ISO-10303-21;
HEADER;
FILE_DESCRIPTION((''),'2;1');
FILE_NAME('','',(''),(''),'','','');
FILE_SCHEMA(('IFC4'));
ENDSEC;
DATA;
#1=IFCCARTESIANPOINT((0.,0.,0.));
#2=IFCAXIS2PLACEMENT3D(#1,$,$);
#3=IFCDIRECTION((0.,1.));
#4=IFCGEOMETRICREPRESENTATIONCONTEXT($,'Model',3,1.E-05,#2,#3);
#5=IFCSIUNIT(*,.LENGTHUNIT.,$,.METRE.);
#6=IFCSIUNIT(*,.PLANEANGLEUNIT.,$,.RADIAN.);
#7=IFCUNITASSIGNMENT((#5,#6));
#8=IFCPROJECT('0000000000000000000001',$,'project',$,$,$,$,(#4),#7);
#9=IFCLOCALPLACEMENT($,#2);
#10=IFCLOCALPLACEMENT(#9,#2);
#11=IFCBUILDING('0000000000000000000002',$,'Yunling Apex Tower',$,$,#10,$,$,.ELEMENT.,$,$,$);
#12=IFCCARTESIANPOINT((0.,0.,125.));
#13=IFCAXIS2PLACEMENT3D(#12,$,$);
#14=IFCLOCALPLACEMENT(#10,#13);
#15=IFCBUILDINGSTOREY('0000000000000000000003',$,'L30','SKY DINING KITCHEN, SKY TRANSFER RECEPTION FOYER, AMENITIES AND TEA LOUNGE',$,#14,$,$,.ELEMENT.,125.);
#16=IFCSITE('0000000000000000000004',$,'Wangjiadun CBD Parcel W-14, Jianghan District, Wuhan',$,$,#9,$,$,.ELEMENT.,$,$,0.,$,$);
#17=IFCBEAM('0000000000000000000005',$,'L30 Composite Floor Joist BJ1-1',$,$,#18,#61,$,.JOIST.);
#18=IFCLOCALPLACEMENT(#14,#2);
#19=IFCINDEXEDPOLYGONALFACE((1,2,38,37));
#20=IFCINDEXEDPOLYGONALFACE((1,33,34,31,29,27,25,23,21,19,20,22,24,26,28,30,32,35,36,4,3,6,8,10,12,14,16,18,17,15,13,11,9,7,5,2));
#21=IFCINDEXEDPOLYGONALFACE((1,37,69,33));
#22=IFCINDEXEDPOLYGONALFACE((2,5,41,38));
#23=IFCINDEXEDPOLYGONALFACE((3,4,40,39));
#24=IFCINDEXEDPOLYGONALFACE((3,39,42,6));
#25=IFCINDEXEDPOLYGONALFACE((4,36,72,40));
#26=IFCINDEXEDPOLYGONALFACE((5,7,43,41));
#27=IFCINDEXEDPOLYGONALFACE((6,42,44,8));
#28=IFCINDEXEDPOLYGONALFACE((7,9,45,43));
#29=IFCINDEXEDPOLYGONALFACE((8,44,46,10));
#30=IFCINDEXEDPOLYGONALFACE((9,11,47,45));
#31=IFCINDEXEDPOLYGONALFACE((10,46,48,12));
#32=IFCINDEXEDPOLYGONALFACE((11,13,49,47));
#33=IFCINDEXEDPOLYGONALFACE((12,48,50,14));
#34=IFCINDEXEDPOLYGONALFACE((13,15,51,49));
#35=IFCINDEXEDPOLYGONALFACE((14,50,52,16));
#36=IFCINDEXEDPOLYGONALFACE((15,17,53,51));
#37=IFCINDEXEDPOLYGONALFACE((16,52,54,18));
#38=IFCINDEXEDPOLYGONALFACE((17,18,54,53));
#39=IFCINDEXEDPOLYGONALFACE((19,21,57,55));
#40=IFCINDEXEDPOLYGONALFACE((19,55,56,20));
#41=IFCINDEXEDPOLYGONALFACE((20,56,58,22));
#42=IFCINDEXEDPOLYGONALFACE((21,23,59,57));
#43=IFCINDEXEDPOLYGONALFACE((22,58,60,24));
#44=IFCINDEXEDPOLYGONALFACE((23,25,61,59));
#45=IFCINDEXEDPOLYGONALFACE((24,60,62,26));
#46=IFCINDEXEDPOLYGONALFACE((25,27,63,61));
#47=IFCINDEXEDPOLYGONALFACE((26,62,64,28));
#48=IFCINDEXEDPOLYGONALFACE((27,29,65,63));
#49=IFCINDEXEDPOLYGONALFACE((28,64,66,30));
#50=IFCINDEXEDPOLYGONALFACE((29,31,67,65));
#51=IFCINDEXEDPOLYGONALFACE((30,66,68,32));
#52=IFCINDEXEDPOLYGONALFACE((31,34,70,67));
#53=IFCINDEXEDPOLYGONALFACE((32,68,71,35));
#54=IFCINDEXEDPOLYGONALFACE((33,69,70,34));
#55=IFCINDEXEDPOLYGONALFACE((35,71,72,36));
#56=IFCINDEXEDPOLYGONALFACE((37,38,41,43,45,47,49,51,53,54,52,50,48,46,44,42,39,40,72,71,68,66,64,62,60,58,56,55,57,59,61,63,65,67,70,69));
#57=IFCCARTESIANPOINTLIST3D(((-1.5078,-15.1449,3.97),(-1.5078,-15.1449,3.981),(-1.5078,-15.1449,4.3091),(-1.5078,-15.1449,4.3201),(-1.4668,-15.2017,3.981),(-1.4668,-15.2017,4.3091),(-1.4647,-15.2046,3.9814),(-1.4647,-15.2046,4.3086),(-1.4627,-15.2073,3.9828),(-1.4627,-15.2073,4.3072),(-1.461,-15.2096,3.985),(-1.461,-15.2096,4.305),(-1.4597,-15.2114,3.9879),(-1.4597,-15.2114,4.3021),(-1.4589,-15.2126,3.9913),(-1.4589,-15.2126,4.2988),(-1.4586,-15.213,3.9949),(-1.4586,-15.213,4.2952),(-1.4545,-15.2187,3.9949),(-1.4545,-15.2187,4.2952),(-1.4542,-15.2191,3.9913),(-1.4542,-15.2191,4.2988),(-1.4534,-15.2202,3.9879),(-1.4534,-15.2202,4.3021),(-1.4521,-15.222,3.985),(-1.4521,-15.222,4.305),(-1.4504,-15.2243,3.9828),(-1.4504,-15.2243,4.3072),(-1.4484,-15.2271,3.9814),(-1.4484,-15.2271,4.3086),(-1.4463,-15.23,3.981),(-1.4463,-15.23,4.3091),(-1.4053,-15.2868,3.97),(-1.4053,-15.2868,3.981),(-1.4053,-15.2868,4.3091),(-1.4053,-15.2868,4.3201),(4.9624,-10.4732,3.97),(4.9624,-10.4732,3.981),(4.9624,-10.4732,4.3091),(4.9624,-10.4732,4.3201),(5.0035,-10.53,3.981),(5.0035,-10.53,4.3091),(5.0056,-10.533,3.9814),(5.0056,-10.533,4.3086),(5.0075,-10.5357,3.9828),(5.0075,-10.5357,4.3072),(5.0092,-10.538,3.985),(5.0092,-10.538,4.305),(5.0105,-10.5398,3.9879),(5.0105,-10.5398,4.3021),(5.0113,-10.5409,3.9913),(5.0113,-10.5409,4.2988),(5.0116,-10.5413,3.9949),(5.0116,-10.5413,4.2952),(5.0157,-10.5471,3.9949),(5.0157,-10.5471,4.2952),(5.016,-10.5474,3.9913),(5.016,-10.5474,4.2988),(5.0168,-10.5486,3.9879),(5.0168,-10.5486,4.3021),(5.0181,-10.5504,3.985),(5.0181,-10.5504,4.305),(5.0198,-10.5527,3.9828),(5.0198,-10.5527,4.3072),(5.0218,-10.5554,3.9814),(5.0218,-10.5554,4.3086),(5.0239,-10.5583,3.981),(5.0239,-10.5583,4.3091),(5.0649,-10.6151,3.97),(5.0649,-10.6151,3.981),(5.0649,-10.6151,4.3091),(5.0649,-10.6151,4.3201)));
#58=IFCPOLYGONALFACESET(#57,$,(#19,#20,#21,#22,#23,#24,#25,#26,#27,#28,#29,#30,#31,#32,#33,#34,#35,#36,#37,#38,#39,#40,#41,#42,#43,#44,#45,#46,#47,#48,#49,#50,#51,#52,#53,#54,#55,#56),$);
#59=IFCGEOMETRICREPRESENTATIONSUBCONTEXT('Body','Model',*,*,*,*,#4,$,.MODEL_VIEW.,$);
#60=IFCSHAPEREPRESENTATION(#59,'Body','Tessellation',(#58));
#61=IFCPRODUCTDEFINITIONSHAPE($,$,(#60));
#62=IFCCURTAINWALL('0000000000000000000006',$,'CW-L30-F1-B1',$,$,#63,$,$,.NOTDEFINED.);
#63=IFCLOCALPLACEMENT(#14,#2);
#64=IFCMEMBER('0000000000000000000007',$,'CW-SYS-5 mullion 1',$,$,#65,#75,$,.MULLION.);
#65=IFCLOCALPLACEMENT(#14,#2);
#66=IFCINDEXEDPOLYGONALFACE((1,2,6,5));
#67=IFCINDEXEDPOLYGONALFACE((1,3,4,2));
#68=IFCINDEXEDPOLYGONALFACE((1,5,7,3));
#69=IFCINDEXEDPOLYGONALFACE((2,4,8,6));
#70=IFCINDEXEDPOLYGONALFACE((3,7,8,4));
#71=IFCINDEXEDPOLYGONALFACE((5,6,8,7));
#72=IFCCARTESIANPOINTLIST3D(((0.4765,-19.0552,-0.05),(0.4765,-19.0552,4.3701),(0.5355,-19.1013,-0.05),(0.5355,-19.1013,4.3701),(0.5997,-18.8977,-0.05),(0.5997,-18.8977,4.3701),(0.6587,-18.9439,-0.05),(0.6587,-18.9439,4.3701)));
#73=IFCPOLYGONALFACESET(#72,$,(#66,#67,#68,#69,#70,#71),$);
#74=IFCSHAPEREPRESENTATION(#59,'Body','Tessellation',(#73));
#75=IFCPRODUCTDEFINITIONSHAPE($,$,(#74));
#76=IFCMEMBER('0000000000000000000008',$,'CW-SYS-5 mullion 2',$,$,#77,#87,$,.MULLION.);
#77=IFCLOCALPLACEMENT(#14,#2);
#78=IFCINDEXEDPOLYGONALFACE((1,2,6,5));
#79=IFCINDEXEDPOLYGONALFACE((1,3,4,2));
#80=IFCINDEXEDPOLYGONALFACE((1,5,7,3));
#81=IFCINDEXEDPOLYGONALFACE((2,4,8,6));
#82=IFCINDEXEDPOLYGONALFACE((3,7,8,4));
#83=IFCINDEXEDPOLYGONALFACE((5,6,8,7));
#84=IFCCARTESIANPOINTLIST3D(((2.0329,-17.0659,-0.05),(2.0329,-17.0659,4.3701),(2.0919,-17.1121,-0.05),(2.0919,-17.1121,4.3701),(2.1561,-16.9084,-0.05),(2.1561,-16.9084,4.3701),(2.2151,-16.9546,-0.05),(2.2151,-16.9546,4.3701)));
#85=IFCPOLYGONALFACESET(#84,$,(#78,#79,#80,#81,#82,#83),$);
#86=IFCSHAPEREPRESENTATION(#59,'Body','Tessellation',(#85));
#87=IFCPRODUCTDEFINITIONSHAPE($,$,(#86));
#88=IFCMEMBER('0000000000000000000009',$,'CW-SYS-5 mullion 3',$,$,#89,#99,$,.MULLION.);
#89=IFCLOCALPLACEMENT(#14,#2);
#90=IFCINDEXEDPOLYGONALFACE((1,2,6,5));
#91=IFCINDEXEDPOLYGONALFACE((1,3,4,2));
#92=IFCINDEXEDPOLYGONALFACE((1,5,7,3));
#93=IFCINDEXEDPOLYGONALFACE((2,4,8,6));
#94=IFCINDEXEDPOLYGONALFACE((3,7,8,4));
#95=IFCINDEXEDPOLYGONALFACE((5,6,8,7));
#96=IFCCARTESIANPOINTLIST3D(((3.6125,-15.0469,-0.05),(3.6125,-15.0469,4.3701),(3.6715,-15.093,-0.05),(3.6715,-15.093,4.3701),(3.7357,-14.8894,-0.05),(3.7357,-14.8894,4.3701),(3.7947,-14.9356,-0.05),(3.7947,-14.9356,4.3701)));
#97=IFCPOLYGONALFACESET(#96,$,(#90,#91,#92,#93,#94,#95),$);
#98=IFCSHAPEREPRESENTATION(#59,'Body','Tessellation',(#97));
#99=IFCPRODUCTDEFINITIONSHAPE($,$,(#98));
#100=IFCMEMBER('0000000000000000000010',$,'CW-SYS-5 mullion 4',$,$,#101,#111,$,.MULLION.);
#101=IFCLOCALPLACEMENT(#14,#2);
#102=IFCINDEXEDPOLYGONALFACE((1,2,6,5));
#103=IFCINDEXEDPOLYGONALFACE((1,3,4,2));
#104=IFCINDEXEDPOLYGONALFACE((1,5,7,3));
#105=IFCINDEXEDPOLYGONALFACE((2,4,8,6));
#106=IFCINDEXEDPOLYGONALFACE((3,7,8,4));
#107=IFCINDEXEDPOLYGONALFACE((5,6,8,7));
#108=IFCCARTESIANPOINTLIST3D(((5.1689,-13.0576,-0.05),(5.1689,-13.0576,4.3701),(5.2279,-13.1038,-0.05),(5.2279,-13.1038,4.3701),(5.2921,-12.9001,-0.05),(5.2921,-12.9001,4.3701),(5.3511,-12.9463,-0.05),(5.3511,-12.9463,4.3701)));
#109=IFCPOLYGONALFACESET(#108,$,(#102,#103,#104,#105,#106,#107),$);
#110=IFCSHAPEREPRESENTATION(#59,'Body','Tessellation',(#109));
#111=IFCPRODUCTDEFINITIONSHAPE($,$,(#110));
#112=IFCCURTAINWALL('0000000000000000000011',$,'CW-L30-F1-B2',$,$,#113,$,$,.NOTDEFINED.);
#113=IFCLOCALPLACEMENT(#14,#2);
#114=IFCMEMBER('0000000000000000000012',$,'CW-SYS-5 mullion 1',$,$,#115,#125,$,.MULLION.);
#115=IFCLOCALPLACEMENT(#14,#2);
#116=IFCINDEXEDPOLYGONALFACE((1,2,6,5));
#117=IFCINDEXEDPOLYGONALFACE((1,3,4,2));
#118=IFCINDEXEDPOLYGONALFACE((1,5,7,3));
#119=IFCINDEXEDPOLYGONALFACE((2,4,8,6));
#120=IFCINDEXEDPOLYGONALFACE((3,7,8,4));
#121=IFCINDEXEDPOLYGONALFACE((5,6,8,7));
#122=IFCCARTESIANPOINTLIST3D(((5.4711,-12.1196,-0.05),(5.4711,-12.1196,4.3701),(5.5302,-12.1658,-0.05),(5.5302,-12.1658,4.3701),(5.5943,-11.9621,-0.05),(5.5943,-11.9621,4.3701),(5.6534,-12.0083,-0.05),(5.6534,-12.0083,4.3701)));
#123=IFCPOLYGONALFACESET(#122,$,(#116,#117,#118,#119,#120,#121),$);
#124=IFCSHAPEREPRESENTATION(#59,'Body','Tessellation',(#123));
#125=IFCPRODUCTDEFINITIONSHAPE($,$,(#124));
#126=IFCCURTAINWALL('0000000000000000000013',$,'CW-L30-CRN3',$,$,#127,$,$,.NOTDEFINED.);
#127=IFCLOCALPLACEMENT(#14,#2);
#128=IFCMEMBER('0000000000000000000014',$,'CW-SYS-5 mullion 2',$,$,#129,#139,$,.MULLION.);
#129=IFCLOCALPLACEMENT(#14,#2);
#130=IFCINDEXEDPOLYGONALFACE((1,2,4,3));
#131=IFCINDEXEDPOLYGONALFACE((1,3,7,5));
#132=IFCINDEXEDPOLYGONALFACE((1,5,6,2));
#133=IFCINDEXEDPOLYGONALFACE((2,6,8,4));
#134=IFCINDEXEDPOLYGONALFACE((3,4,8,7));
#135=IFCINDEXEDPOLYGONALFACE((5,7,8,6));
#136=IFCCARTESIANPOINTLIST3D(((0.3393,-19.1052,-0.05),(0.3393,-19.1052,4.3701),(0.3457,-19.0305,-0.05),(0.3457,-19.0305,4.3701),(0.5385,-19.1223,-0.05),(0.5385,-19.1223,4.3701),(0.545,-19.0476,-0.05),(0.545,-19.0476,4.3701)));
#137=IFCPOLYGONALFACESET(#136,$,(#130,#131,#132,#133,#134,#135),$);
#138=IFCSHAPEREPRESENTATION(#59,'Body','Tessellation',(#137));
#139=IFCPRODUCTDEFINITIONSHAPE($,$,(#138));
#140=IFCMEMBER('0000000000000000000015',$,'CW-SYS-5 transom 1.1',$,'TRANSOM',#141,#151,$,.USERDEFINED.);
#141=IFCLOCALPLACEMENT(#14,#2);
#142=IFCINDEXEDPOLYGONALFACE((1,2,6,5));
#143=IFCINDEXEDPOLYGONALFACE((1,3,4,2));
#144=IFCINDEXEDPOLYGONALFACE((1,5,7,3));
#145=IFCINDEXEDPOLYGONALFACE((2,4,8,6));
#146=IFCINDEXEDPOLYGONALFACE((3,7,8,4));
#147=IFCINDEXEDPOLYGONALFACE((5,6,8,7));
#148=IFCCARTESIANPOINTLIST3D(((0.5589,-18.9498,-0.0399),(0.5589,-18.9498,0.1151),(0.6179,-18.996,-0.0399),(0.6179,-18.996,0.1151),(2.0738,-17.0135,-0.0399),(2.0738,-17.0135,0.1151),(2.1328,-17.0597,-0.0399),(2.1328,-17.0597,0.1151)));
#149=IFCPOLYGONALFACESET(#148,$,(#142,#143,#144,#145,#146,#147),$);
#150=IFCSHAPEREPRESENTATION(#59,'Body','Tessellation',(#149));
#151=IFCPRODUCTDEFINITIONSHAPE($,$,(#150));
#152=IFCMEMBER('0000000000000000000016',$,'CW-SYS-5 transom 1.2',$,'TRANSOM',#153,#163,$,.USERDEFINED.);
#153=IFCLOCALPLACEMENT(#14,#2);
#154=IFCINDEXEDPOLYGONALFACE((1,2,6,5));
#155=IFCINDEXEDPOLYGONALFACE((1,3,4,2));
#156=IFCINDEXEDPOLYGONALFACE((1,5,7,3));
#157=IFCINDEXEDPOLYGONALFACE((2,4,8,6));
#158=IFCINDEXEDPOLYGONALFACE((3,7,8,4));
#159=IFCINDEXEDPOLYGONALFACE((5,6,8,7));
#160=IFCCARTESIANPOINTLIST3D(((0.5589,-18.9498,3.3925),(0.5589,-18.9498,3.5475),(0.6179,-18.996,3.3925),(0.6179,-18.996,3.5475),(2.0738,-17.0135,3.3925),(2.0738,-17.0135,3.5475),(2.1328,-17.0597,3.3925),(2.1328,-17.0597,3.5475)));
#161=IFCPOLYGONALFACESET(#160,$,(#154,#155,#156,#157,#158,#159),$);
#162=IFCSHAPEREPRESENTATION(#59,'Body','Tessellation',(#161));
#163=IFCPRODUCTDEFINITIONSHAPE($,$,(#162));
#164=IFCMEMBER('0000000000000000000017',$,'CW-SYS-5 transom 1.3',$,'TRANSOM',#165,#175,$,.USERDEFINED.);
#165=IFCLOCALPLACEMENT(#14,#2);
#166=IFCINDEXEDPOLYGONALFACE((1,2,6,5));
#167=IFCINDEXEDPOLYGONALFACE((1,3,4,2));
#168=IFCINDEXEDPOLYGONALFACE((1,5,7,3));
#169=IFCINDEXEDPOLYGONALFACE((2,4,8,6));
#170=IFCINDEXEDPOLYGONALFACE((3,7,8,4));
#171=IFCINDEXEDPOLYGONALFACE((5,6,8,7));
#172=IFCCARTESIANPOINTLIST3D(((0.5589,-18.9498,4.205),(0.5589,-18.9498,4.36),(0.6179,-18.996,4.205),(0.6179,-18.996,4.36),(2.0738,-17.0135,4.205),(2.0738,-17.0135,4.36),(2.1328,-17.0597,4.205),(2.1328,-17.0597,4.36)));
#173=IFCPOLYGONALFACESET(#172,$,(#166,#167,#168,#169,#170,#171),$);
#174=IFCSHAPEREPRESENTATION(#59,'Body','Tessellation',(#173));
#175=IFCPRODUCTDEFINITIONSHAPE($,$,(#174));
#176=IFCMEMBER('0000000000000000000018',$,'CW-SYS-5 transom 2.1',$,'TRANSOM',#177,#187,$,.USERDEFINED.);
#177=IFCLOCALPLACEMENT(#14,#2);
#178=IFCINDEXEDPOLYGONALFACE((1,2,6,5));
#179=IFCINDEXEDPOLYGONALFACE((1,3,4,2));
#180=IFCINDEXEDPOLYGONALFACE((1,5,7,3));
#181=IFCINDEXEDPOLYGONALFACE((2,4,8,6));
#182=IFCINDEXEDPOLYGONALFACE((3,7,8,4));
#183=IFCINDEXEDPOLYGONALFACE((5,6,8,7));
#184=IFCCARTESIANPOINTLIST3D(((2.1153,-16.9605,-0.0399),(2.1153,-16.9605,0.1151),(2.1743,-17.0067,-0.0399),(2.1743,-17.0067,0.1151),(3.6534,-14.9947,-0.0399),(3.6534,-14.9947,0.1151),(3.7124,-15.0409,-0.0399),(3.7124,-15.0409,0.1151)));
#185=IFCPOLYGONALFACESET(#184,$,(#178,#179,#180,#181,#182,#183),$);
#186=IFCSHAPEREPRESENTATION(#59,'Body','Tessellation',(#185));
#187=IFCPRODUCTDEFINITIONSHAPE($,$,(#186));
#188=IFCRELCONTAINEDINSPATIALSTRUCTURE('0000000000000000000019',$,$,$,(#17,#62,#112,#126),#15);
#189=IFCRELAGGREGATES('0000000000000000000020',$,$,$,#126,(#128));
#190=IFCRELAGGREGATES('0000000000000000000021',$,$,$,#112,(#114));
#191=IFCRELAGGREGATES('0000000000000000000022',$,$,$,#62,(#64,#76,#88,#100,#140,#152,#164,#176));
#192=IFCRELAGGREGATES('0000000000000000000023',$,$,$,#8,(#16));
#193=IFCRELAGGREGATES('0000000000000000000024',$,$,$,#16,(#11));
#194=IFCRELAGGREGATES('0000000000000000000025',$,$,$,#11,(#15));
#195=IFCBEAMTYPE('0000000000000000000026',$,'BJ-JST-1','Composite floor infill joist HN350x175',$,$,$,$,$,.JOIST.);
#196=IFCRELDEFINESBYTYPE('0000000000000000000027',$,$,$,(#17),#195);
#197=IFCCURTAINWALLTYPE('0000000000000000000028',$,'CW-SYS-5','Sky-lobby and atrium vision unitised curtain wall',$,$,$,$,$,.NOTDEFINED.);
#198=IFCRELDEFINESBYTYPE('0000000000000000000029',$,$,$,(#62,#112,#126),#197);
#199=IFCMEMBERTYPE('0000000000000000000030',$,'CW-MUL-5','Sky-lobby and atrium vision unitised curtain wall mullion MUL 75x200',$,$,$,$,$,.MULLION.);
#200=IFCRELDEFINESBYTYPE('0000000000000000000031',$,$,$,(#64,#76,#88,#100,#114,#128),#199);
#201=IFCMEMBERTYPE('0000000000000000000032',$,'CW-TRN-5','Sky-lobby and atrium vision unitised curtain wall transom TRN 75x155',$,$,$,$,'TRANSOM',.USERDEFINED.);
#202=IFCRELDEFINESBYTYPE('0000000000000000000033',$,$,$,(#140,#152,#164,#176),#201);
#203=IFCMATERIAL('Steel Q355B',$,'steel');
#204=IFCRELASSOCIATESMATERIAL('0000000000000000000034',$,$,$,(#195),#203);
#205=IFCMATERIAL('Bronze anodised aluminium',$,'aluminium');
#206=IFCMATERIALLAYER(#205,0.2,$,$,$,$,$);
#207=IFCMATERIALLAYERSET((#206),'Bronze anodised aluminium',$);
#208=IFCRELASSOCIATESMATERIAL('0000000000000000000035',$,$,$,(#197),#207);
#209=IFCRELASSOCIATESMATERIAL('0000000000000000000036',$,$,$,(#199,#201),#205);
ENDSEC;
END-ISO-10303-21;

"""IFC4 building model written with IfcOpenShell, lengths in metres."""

from ifc_helpers import new_model, si_unit, direction, frame, origin, origin_2d, place, context, subcontext, project, spatial, rectangle, i_section, extrude, source, transform, mapped, material, layer, layer_set, material_profile, profile_set, type_object, element, aggregate, save


model = new_model("IFC4")

# Units and contexts
model_context = context("Model", 3, precision=1e-05, world=origin(), true_north=direction((0.0, 1.0)))
body_context = subcontext(model_context, "Body", "Model", "MODEL_VIEW")
ifc_project = project(units=[si_unit("LENGTHUNIT", "METRE"), si_unit("PLANEANGLEUNIT", "RADIAN")], contexts=[model_context])

# Site, building, storey
site_placement = place(None, origin())
site = spatial("IfcSite", under=ifc_project, at=site_placement, Name="Wangjiadun CBD Parcel W-14, Jianghan District, Wuhan", CompositionType="ELEMENT", RefElevation=0.0)
building_placement = place(site_placement, origin())
building = spatial("IfcBuilding", under=site, at=building_placement, Name="Yunling Apex Tower", CompositionType="ELEMENT")
storey_placement = place(building_placement, frame((0.0, 0.0, 125.0)))
storey = spatial("IfcBuildingStorey", under=building, at=storey_placement, Name="L30", Description="SKY DINING KITCHEN, SKY TRANSFER RECEPTION FOYER, AMENITIES AND TEA LOUNGE", CompositionType="ELEMENT", Elevation=125.0)

# Beam
ifc_material_1 = material(Name="Steel Q355B", Category="steel")
ifc_material_profile_1 = material_profile(ifc_material_1, i_section(OverallWidth=0.175, OverallDepth=0.3501, WebThickness=0.0071, FlangeThickness=0.011, FilletRadius=0.0139, at=origin_2d()))
ifc_profile_set_1 = profile_set([ifc_material_profile_1], Name="Steel Q355B")
beam_type_1 = type_object("IfcBeamType", Name="BJ-JST-1", Description="Composite floor infill joist HN350x175", PredefinedType="JOIST", material=ifc_profile_set_1)
shared_shape_1 = source(origin(), body_context, "Body", "SweptSolid", [
    extrude(i_section(OverallWidth=0.175, OverallDepth=0.3501, WebThickness=0.0071, FlangeThickness=0.011, FilletRadius=0.0139, at=origin_2d()), origin(), (0.0, 0.0, 1.0), 7.9805),
])
beam_1_placement = place(storey_placement, frame((-1.4565, -15.2158, 4.145), z_axis=(0.810757, 0.585383, 0.0), x_axis=(-0.585383, 0.810757, 0.0)))
element("IfcBeam", 1, at=beam_1_placement, inside=storey, type_object=beam_type_1, Name="L30 Composite Floor Joist BJ1-1", PredefinedType="JOIST", context=body_context, shape_type="MappedRepresentation", body=[
    mapped(shared_shape_1, transform((0.0, 0.0, 0.0), scale=1.0)),
])

# Curtain wall, members
ifc_material_2 = material(Name="Bronze anodised aluminium", Category="aluminium")
ifc_layer_1 = layer(ifc_material_2, 0.2)
ifc_layer_set_1 = layer_set([ifc_layer_1], Name="Bronze anodised aluminium")
curtain_wall_type = type_object("IfcCurtainWallType", Name="CW-SYS-5", Description="Sky-lobby and atrium vision unitised curtain wall", PredefinedType="NOTDEFINED", material=ifc_layer_set_1)
curtain_wall_1_placement = place(storey_placement, origin())
curtain_wall_1 = element("IfcCurtainWall", 2, at=curtain_wall_1_placement, inside=storey, type_object=curtain_wall_type, Name="CW-L30-F1-B1", PredefinedType="NOTDEFINED")
ifc_material_profile_2 = material_profile(ifc_material_2, rectangle(XDim=0.075, YDim=0.2, at=origin_2d()))
ifc_profile_set_2 = profile_set([ifc_material_profile_2], Name="Bronze anodised aluminium")
member_type_1 = type_object("IfcMemberType", Name="CW-MUL-5", Description="Sky-lobby and atrium vision unitised curtain wall mullion MUL 75x200", PredefinedType="MULLION", material=ifc_profile_set_2)
shared_shape_2 = source(origin(), body_context, "Body", "SweptSolid", [
    extrude(rectangle(XDim=0.075, YDim=0.2, at=origin_2d()), origin(), (0.0, 0.0, 1.0), 4.4202),
])
member_1_placement = place(storey_placement, frame((0.5676, -18.9995, -0.05), z_axis=(0.0, 0.0, 1.0), x_axis=(-0.787584, 0.616208, 0.0)))
member_1 = element("IfcMember", 3, at=member_1_placement, type_object=member_type_1, Name="CW-SYS-5 mullion 1", PredefinedType="MULLION", context=body_context, shape_type="MappedRepresentation", body=[
    mapped(shared_shape_2, transform((0.0, 0.0, 0.0), scale=1.0)),
])
member_2_placement = place(storey_placement, frame((2.124, -17.0103, -0.05), z_axis=(0.0, 0.0, 1.0), x_axis=(-0.787584, 0.616208, 0.0)))
member_2 = element("IfcMember", 4, at=member_2_placement, type_object=member_type_1, Name="CW-SYS-5 mullion 2", PredefinedType="MULLION", context=body_context, shape_type="MappedRepresentation", body=[
    mapped(shared_shape_2, transform((0.0, 0.0, 0.0), scale=1.0)),
])
member_3_placement = place(storey_placement, frame((3.7036, -14.9912, -0.05), z_axis=(0.0, 0.0, 1.0), x_axis=(-0.787584, 0.616208, 0.0)))
member_3 = element("IfcMember", 5, at=member_3_placement, type_object=member_type_1, Name="CW-SYS-5 mullion 3", PredefinedType="MULLION", context=body_context, shape_type="MappedRepresentation", body=[
    mapped(shared_shape_2, transform((0.0, 0.0, 0.0), scale=1.0)),
])
member_4_placement = place(storey_placement, frame((5.26, -13.002, -0.05), z_axis=(0.0, 0.0, 1.0), x_axis=(-0.787584, 0.616208, 0.0)))
member_4 = element("IfcMember", 6, at=member_4_placement, type_object=member_type_1, Name="CW-SYS-5 mullion 4", PredefinedType="MULLION", context=body_context, shape_type="MappedRepresentation", body=[
    mapped(shared_shape_2, transform((0.0, 0.0, 0.0), scale=1.0)),
])

# Curtain walls, members
curtain_wall_2_placement = place(storey_placement, origin())
curtain_wall_2 = element("IfcCurtainWall", 7, at=curtain_wall_2_placement, inside=storey, type_object=curtain_wall_type, Name="CW-L30-F1-B2", PredefinedType="NOTDEFINED")
member_5_placement = place(storey_placement, frame((5.5623, -12.064, -0.05), z_axis=(0.0, 0.0, 1.0), x_axis=(-0.78759, 0.616199, 0.0)))
member_5 = element("IfcMember", 8, at=member_5_placement, type_object=member_type_1, Name="CW-SYS-5 mullion 1", PredefinedType="MULLION", context=body_context, shape_type="MappedRepresentation", body=[
    mapped(shared_shape_2, transform((0.0, 0.0, 0.0), scale=1.0)),
])
curtain_wall_3_placement = place(storey_placement, origin())
curtain_wall_3 = element("IfcCurtainWall", 9, at=curtain_wall_3_placement, inside=storey, type_object=curtain_wall_type, Name="CW-L30-CRN3", PredefinedType="NOTDEFINED")
member_6_placement = place(storey_placement, frame((0.4421, -19.0764, -0.05), z_axis=(0.0, 0.0, 1.0), x_axis=(0.08555, 0.996334, 0.0)))
member_6 = element("IfcMember", 10, at=member_6_placement, type_object=member_type_1, Name="CW-SYS-5 mullion 2", PredefinedType="MULLION", context=body_context, shape_type="MappedRepresentation", body=[
    mapped(shared_shape_2, transform((0.0, 0.0, 0.0), scale=1.0)),
])
aggregate(curtain_wall_3, [member_6])

# Members
ifc_material_profile_3 = material_profile(ifc_material_2, rectangle(XDim=0.075, YDim=0.155, at=origin_2d()))
ifc_profile_set_3 = profile_set([ifc_material_profile_3], Name="Bronze anodised aluminium")
member_type_2 = type_object("IfcMemberType", Name="CW-TRN-5", Description="Sky-lobby and atrium vision unitised curtain wall transom TRN 75x155", ElementType="TRANSOM", PredefinedType="USERDEFINED", material=ifc_profile_set_3)
shared_shape_3 = source(origin(), body_context, "Body", "SweptSolid", [
    extrude(rectangle(XDim=0.075, YDim=0.155, at=origin_2d()), origin(), (0.0, 0.0, 1.0), 2.4585),
])
member_7_placement = place(storey_placement, frame((0.5884, -18.9729, 0.0376), z_axis=(0.616193, 0.787595, 0.0), x_axis=(-0.787595, 0.616193, 0.0)))
member_7 = element("IfcMember", 11, at=member_7_placement, type_object=member_type_2, Name="CW-SYS-5 transom 1.1", ObjectType="TRANSOM", PredefinedType="USERDEFINED", context=body_context, shape_type="MappedRepresentation", body=[
    mapped(shared_shape_3, transform((0.0, 0.0, 0.0), scale=1.0)),
])
member_8_placement = place(storey_placement, frame((0.5884, -18.9729, 3.47), z_axis=(0.616193, 0.787595, 0.0), x_axis=(-0.787595, 0.616193, 0.0)))
member_8 = element("IfcMember", 12, at=member_8_placement, type_object=member_type_2, Name="CW-SYS-5 transom 1.2", ObjectType="TRANSOM", PredefinedType="USERDEFINED", context=body_context, shape_type="MappedRepresentation", body=[
    mapped(shared_shape_3, transform((0.0, 0.0, 0.0), scale=1.0)),
])
member_9_placement = place(storey_placement, frame((0.5884, -18.9729, 4.2825), z_axis=(0.616193, 0.787595, 0.0), x_axis=(-0.787595, 0.616193, 0.0)))
member_9 = element("IfcMember", 13, at=member_9_placement, type_object=member_type_2, Name="CW-SYS-5 transom 1.3", ObjectType="TRANSOM", PredefinedType="USERDEFINED", context=body_context, shape_type="MappedRepresentation", body=[
    mapped(shared_shape_3, transform((0.0, 0.0, 0.0), scale=1.0)),
])
shared_shape_4 = source(origin(), body_context, "Body", "SweptSolid", [
    extrude(rectangle(XDim=0.075, YDim=0.155, at=origin_2d()), origin(), (0.0, 0.0, 1.0), 2.4961),
])
member_10_placement = place(storey_placement, frame((2.1448, -16.9836, 0.0376), z_axis=(0.616213, 0.787579, 0.0), x_axis=(-0.787579, 0.616213, 0.0)))
member_10 = element("IfcMember", 14, at=member_10_placement, type_object=member_type_2, Name="CW-SYS-5 transom 2.1", ObjectType="TRANSOM", PredefinedType="USERDEFINED", context=body_context, shape_type="MappedRepresentation", body=[
    mapped(shared_shape_4, transform((0.0, 0.0, 0.0), scale=1.0)),
])
aggregate(curtain_wall_2, [member_5])

aggregate(curtain_wall_1, [member_1, member_2, member_3, member_4, member_7, member_8, member_9, member_10])

save(model, "model.ifc")
